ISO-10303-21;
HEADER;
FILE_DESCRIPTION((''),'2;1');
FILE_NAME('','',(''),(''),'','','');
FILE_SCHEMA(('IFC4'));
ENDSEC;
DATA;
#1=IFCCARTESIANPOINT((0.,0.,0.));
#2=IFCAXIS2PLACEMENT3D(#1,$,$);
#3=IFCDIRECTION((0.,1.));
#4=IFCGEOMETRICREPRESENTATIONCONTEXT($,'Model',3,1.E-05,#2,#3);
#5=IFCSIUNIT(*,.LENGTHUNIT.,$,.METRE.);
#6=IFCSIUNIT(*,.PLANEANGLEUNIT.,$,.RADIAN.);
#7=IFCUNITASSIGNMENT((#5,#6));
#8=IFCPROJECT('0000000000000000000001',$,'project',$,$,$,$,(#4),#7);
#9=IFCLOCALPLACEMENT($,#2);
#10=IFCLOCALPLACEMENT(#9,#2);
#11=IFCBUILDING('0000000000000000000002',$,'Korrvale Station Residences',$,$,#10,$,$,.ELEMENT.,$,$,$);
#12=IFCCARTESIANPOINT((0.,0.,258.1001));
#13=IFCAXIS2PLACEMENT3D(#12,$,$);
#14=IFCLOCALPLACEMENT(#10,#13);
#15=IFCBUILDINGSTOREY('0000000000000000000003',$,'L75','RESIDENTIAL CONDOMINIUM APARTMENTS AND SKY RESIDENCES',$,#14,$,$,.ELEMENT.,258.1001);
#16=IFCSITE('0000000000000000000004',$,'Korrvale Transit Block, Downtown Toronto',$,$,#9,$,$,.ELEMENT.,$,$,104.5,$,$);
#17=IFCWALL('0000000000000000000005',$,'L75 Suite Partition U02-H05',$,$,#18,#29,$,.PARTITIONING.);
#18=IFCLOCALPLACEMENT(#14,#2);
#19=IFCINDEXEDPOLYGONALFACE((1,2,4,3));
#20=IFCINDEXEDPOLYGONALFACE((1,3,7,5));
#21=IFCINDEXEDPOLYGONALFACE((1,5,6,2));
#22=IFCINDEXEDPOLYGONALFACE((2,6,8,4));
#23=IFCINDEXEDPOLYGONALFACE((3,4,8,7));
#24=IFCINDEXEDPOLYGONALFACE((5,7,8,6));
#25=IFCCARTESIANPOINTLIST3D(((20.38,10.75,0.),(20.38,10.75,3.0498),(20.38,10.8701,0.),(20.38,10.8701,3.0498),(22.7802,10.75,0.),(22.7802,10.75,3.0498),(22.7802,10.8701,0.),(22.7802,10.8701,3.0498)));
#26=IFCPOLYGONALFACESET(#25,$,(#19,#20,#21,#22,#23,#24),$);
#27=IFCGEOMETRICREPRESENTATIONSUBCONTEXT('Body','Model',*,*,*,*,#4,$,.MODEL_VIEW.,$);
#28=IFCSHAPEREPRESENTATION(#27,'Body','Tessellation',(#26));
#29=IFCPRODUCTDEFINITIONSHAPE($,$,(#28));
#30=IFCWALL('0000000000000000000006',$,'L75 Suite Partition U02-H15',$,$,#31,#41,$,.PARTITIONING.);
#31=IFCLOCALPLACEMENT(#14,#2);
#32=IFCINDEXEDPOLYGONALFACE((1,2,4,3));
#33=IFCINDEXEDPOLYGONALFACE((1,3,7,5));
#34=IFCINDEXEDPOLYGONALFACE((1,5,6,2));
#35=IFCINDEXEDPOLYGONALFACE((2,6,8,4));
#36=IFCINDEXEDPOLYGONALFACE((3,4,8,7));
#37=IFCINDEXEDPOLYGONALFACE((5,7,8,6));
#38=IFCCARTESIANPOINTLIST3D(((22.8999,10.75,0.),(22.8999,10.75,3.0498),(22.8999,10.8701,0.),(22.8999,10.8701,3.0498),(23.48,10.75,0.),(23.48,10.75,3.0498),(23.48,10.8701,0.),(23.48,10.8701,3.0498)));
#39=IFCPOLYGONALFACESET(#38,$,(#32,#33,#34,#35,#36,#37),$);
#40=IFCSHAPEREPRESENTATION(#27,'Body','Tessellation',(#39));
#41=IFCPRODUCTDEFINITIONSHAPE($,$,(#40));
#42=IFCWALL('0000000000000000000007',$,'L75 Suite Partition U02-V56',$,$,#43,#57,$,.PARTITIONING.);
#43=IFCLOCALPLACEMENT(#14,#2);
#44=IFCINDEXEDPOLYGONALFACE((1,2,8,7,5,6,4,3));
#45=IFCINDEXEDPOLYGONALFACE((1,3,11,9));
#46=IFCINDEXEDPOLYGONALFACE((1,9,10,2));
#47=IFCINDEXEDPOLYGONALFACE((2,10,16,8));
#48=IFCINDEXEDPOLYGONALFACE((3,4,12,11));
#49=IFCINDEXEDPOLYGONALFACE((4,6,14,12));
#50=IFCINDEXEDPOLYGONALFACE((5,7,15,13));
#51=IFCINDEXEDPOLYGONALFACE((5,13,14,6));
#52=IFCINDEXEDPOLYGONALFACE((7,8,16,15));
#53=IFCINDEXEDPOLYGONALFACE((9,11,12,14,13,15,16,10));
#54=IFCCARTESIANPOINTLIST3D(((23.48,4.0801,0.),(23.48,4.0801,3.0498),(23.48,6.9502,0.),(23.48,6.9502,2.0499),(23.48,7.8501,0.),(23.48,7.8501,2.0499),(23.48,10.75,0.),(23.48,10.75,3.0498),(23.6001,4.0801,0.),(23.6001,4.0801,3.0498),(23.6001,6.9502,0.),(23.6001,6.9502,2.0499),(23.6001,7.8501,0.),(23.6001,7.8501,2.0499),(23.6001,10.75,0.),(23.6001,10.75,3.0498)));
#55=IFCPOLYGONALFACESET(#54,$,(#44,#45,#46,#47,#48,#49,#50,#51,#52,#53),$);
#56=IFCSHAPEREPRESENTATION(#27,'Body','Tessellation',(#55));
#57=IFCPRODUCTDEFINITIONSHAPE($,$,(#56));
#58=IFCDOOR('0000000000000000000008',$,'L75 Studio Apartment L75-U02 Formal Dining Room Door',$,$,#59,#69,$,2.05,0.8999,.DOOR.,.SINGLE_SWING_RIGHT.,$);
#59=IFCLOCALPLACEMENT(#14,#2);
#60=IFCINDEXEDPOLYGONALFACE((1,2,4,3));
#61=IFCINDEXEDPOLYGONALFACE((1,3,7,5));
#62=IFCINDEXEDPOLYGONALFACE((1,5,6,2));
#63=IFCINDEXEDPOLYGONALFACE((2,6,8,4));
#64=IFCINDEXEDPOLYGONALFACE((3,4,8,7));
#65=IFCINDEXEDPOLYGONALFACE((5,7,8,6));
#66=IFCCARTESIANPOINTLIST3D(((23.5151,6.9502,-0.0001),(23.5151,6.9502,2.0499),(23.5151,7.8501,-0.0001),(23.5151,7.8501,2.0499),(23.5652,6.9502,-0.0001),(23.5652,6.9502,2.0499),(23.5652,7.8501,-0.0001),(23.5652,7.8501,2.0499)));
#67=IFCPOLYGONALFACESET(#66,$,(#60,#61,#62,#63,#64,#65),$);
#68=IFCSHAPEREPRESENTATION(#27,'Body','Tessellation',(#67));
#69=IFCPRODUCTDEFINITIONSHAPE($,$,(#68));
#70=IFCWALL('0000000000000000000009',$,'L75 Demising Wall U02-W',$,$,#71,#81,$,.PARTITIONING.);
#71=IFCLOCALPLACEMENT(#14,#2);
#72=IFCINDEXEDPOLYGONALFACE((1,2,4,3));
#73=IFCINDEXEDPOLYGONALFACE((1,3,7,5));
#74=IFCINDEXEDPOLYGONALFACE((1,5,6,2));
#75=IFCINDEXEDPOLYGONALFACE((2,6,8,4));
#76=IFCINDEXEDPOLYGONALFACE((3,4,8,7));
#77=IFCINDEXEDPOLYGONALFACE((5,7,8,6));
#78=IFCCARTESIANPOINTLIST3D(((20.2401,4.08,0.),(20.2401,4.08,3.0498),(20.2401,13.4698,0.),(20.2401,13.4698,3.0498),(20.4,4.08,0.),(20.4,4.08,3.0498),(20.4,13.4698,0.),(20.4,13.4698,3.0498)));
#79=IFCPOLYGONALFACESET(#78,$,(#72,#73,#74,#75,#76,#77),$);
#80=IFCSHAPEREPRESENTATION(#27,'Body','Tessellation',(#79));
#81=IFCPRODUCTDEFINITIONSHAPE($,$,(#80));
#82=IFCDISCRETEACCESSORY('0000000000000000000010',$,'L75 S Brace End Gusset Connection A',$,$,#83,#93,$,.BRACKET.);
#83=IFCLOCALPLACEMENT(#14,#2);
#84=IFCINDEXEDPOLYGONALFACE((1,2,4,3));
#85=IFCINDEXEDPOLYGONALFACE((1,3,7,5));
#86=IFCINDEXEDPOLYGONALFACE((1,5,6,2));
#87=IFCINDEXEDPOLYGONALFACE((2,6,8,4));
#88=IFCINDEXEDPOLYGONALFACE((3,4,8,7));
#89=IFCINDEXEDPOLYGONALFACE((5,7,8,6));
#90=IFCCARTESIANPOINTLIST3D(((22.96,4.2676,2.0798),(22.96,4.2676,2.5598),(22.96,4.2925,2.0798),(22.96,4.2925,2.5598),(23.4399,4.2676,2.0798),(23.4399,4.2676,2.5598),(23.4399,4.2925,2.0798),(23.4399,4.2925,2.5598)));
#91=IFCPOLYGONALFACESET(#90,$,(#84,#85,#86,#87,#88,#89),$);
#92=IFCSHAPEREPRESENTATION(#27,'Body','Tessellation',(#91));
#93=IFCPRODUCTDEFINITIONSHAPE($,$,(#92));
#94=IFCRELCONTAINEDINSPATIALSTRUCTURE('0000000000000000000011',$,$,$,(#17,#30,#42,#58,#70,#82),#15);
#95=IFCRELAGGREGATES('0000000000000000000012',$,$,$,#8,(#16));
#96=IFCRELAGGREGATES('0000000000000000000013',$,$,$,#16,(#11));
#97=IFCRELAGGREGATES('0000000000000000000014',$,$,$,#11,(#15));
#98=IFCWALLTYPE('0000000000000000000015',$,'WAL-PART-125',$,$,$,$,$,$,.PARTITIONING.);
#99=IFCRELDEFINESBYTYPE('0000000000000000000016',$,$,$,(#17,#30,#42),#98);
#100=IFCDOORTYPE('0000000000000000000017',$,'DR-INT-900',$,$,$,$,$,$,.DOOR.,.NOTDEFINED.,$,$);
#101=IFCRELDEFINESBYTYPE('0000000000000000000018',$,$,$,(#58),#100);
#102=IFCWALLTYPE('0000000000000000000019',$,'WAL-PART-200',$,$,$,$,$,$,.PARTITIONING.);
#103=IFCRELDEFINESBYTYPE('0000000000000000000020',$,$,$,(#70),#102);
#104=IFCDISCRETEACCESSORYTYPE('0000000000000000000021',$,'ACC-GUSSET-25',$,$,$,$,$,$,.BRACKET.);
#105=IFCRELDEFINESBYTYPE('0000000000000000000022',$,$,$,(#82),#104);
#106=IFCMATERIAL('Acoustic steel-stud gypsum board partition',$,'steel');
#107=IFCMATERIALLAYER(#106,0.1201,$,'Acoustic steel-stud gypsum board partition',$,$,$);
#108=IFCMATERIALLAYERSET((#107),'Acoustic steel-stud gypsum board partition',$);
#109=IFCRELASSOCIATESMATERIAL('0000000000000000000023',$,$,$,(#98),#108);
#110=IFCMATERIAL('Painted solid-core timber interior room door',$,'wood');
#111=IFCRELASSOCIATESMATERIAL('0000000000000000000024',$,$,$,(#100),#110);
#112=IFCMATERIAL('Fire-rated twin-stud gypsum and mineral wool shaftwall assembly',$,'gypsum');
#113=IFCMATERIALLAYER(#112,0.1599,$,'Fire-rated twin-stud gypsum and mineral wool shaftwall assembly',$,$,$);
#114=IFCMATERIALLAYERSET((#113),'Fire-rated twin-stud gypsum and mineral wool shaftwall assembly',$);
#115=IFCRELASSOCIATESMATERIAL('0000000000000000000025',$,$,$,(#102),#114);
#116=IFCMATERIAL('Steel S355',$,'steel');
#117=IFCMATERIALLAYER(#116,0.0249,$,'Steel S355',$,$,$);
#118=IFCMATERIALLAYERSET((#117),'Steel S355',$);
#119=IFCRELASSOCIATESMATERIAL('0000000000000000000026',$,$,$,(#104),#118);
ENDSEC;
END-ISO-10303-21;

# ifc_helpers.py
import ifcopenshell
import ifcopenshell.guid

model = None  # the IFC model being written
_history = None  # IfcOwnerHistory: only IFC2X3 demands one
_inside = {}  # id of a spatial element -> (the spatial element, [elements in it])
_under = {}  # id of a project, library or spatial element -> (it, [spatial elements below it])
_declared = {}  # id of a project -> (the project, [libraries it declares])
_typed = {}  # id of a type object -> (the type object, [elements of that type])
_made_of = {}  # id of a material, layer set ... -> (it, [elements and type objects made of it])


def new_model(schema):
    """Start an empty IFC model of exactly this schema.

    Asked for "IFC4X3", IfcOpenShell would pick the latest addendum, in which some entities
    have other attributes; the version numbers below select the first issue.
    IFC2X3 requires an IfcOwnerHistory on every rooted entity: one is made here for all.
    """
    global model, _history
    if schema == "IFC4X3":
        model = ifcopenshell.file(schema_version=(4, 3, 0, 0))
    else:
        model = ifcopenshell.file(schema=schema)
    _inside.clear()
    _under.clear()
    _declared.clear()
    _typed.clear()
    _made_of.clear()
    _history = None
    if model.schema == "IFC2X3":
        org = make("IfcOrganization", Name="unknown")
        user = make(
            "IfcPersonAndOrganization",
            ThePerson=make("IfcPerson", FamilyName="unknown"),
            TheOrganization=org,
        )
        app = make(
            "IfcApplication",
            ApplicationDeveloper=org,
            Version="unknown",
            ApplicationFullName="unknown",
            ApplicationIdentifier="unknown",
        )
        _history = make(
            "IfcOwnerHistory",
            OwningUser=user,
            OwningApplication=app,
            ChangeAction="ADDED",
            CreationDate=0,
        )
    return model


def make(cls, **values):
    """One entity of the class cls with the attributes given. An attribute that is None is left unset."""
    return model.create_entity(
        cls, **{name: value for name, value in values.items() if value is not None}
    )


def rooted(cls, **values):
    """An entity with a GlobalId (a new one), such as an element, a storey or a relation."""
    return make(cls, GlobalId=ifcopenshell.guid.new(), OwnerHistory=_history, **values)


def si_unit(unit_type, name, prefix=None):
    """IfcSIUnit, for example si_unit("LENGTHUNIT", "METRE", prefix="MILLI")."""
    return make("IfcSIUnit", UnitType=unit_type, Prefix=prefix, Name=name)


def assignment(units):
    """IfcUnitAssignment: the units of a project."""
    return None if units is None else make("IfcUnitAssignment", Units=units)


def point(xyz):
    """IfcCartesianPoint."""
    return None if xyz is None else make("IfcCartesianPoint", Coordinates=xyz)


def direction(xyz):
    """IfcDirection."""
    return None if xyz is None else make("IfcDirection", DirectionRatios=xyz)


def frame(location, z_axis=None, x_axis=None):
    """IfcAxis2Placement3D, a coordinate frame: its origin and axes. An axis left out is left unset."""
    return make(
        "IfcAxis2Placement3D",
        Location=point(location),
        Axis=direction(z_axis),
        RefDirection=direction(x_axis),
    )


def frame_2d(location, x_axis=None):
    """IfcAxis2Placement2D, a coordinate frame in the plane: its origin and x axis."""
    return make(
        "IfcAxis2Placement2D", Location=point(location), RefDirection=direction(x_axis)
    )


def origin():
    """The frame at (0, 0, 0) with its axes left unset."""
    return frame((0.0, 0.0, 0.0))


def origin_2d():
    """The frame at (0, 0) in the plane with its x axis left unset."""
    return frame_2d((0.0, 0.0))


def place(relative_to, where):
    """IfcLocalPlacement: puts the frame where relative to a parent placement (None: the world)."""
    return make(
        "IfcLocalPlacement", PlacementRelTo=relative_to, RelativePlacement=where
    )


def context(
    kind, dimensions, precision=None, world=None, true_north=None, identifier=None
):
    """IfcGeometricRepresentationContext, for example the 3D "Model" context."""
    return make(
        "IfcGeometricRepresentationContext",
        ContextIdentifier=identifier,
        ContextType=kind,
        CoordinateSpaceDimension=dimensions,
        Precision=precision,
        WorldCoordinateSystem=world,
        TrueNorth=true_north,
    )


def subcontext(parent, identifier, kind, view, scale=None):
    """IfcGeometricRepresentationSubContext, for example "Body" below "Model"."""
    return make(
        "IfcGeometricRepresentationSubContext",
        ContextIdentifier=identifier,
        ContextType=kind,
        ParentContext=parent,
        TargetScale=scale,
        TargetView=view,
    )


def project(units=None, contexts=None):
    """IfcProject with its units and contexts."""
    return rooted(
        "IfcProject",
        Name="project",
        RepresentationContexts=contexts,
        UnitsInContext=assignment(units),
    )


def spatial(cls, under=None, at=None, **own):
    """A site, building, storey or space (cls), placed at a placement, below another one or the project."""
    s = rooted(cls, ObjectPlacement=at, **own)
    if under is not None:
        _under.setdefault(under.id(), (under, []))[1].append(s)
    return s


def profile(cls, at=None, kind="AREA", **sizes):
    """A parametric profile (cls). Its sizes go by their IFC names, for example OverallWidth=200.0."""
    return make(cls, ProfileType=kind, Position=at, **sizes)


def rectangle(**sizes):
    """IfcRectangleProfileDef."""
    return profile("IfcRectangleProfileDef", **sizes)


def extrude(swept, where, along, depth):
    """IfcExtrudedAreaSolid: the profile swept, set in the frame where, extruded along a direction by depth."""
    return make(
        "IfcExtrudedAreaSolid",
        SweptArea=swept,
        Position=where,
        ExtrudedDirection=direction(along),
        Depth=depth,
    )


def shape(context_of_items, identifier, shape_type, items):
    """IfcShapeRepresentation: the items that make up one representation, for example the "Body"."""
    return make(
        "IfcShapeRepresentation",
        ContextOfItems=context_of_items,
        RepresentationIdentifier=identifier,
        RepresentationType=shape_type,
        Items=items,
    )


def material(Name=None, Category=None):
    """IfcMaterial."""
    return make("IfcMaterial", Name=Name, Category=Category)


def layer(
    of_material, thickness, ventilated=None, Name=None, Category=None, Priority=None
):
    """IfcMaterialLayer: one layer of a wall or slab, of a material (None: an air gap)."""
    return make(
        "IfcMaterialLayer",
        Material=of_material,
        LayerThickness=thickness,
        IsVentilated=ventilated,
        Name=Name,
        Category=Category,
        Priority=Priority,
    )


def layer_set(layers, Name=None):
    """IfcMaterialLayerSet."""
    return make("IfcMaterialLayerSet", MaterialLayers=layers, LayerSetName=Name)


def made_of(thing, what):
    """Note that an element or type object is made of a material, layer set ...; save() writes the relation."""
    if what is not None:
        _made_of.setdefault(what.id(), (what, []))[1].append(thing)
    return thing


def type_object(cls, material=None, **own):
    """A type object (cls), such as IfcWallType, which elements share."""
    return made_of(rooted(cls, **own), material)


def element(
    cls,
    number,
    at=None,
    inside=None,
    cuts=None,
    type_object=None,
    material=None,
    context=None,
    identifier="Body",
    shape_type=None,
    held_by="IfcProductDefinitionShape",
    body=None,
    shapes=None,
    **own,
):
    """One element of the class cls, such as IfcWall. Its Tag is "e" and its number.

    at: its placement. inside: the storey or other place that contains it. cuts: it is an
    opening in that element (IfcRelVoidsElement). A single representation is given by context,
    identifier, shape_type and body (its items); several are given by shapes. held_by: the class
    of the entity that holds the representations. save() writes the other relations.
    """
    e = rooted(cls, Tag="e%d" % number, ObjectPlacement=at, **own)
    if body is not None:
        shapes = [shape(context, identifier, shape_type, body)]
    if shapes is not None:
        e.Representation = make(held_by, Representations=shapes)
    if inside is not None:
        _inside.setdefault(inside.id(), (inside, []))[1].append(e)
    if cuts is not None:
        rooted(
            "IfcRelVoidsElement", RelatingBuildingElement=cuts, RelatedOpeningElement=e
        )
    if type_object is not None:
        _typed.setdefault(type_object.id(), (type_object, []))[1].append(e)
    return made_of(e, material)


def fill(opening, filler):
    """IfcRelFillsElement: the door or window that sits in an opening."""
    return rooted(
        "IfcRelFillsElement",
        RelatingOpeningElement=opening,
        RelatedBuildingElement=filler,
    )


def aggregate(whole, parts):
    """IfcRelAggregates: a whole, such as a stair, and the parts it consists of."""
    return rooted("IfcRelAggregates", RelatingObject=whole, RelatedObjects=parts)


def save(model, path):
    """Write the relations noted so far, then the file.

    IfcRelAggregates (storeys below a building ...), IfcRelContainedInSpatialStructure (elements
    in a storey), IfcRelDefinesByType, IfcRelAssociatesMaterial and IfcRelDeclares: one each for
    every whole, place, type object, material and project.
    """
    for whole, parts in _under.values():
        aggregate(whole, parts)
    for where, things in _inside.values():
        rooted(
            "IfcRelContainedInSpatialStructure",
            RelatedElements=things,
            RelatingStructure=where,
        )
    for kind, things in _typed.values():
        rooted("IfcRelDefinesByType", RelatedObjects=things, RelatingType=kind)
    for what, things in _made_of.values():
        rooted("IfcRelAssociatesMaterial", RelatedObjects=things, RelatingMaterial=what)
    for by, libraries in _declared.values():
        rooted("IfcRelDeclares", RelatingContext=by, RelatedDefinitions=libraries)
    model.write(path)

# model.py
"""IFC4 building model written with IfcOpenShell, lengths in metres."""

from ifc_helpers import new_model, si_unit, direction, frame, frame_2d, origin, origin_2d, place, context, subcontext, project, spatial, rectangle, extrude, material, layer, layer_set, type_object, element, fill, save


model = new_model("IFC4")

# Units and contexts
model_context = context("Model", 3, precision=1e-05, world=origin(), true_north=direction((0.0, 1.0)))
body_context = subcontext(model_context, "Body", "Model", "MODEL_VIEW")
ifc_project = project(units=[si_unit("LENGTHUNIT", "METRE"), si_unit("PLANEANGLEUNIT", "RADIAN")], contexts=[model_context])

# Site, building, storey
site_placement = place(None, origin())
site = spatial("IfcSite", under=ifc_project, at=site_placement, Name="Korrvale Transit Block, Downtown Toronto", CompositionType="ELEMENT", RefElevation=104.5)
building_placement = place(site_placement, origin())
building = spatial("IfcBuilding", under=site, at=building_placement, Name="Korrvale Station Residences", CompositionType="ELEMENT")
storey_placement = place(building_placement, frame((0.0, 0.0, 258.1001)))
storey = spatial("IfcBuildingStorey", under=building, at=storey_placement, Name="L75", Description="RESIDENTIAL CONDOMINIUM APARTMENTS AND SKY RESIDENCES", CompositionType="ELEMENT", Elevation=258.1001)

# Shared definitions
ifc_material_1 = material(Name="Steel S355", Category="steel")

# Shared definitions
ifc_material_2 = material(Name="Acoustic steel-stud gypsum board partition", Category="steel")
ifc_layer_1 = layer(ifc_material_2, 0.1201, Name="Acoustic steel-stud gypsum board partition")
ifc_layer_set_1 = layer_set([ifc_layer_1], Name="Acoustic steel-stud gypsum board partition")
wall_type_1 = type_object("IfcWallType", Name="WAL-PART-125", PredefinedType="PARTITIONING", material=ifc_layer_set_1)
ifc_material_3 = material(Name="Painted solid-core timber interior room door", Category="wood")
door_type_1 = type_object("IfcDoorType", Name="DR-INT-900", OperationType="NOTDEFINED", PredefinedType="DOOR", material=ifc_material_3)

# Walls
wall_1_placement = place(storey_placement, frame((20.3799, 10.8101, 0.0), z_axis=(0.0, 0.0, 1.0), x_axis=(1.0, 0.0, 0.0)))
element("IfcWall", 1, at=wall_1_placement, inside=storey, type_object=wall_type_1, Name="L75 Suite Partition U02-H05", PredefinedType="PARTITIONING", context=body_context, shape_type="SweptSolid", body=[
    extrude(rectangle(XDim=2.4001, YDim=0.1201, at=frame_2d((1.2002, 0.0))), origin(), (0.0, 0.0, 1.0), 3.0498),
])
wall_2_placement = place(storey_placement, frame((22.8999, 10.8101, 0.0), z_axis=(0.0, 0.0, 1.0), x_axis=(1.0, 0.0, 0.0)))
element("IfcWall", 2, at=wall_2_placement, inside=storey, type_object=wall_type_1, Name="L75 Suite Partition U02-H15", PredefinedType="PARTITIONING", context=body_context, shape_type="SweptSolid", body=[
    extrude(rectangle(XDim=0.5801, YDim=0.1201, at=frame_2d((0.29, 0.0))), origin(), (0.0, 0.0, 1.0), 3.0498),
])

# Wall, opening, door
wall_3_placement = place(storey_placement, frame((23.54, 4.0801, 0.0), z_axis=(0.0, 0.0, 1.0), x_axis=(0.0, 1.0, 0.0)))
wall_3 = element("IfcWall", 3, at=wall_3_placement, inside=storey, type_object=wall_type_1, Name="L75 Suite Partition U02-V56", PredefinedType="PARTITIONING", context=body_context, shape_type="SweptSolid", body=[
    extrude(rectangle(XDim=6.6699, YDim=0.1201, at=frame_2d((3.335, 0.0))), origin(), (0.0, 0.0, 1.0), 3.0498),
])
opening_1_placement = place(wall_3_placement, frame((2.8701, 0.0, 0.0)))
opening_1 = element("IfcOpeningElement", 4, at=opening_1_placement, cuts=wall_3, PredefinedType="OPENING", context=body_context, shape_type="SweptSolid", body=[
    extrude(rectangle(XDim=0.8999, YDim=2.05, at=frame_2d((0.45, 1.0249))), frame((0.0, 0.0701, 0.0), z_axis=(0.0, -1.0, 0.0), x_axis=(1.0, 0.0, 0.0)), (0.0, 0.0, 1.0), 0.1401),
])
door_1_placement = place(opening_1_placement, origin())
door_1 = element("IfcDoor", 5, at=door_1_placement, inside=storey, type_object=door_type_1, Name="L75 Studio Apartment L75-U02 Formal Dining Room Door", OperationType="SINGLE_SWING_RIGHT", OverallHeight=2.05, OverallWidth=0.8999, PredefinedType="DOOR", context=body_context, shape_type="SweptSolid", body=[
    extrude(rectangle(XDim=0.8999, YDim=2.05, at=frame_2d((0.45, 1.0249))), frame((0.0, 0.0249, 0.0), z_axis=(0.0, -1.0, 0.0), x_axis=(1.0, 0.0, 0.0)), (0.0, 0.0, 1.0), 0.05),
])
fill(opening_1, door_1)

# Wall
ifc_material_4 = material(Name="Fire-rated twin-stud gypsum and mineral wool shaftwall assembly", Category="gypsum")
ifc_layer_2 = layer(ifc_material_4, 0.1599, Name="Fire-rated twin-stud gypsum and mineral wool shaftwall assembly")
ifc_layer_set_2 = layer_set([ifc_layer_2], Name="Fire-rated twin-stud gypsum and mineral wool shaftwall assembly")
wall_type_2 = type_object("IfcWallType", Name="WAL-PART-200", PredefinedType="PARTITIONING", material=ifc_layer_set_2)
wall_4_placement = place(storey_placement, frame((20.3201, 4.0801, 0.0), z_axis=(0.0, 0.0, 1.0), x_axis=(0.0, 1.0, 0.0)))
element("IfcWall", 6, at=wall_4_placement, inside=storey, type_object=wall_type_2, Name="L75 Demising Wall U02-W", PredefinedType="PARTITIONING", context=body_context, shape_type="SweptSolid", body=[
    extrude(rectangle(XDim=9.3899, YDim=0.1599, at=frame_2d((4.6948, 0.0))), origin(), (0.0, 0.0, 1.0), 3.0498),
])

# Discrete accessory
ifc_layer_3 = layer(ifc_material_1, 0.0249, Name="Steel S355")
ifc_layer_set_3 = layer_set([ifc_layer_3], Name="Steel S355")
discrete_accessory_type = type_object("IfcDiscreteAccessoryType", Name="ACC-GUSSET-25", PredefinedType="BRACKET", material=ifc_layer_set_3)
discrete_accessory_placement = place(storey_placement, frame((23.2, 4.28, 2.0798), z_axis=(0.0, 0.0, 1.0), x_axis=(1.0, 0.0, 0.0)))
element("IfcDiscreteAccessory", 7, at=discrete_accessory_placement, inside=storey, type_object=discrete_accessory_type, Name="L75 S Brace End Gusset Connection A", PredefinedType="BRACKET", context=body_context, shape_type="SweptSolid", body=[
    extrude(rectangle(XDim=0.48, YDim=0.0249, at=origin_2d()), origin(), (0.0, 0.0, 1.0), 0.48),
])

save(model, "model.ifc")
